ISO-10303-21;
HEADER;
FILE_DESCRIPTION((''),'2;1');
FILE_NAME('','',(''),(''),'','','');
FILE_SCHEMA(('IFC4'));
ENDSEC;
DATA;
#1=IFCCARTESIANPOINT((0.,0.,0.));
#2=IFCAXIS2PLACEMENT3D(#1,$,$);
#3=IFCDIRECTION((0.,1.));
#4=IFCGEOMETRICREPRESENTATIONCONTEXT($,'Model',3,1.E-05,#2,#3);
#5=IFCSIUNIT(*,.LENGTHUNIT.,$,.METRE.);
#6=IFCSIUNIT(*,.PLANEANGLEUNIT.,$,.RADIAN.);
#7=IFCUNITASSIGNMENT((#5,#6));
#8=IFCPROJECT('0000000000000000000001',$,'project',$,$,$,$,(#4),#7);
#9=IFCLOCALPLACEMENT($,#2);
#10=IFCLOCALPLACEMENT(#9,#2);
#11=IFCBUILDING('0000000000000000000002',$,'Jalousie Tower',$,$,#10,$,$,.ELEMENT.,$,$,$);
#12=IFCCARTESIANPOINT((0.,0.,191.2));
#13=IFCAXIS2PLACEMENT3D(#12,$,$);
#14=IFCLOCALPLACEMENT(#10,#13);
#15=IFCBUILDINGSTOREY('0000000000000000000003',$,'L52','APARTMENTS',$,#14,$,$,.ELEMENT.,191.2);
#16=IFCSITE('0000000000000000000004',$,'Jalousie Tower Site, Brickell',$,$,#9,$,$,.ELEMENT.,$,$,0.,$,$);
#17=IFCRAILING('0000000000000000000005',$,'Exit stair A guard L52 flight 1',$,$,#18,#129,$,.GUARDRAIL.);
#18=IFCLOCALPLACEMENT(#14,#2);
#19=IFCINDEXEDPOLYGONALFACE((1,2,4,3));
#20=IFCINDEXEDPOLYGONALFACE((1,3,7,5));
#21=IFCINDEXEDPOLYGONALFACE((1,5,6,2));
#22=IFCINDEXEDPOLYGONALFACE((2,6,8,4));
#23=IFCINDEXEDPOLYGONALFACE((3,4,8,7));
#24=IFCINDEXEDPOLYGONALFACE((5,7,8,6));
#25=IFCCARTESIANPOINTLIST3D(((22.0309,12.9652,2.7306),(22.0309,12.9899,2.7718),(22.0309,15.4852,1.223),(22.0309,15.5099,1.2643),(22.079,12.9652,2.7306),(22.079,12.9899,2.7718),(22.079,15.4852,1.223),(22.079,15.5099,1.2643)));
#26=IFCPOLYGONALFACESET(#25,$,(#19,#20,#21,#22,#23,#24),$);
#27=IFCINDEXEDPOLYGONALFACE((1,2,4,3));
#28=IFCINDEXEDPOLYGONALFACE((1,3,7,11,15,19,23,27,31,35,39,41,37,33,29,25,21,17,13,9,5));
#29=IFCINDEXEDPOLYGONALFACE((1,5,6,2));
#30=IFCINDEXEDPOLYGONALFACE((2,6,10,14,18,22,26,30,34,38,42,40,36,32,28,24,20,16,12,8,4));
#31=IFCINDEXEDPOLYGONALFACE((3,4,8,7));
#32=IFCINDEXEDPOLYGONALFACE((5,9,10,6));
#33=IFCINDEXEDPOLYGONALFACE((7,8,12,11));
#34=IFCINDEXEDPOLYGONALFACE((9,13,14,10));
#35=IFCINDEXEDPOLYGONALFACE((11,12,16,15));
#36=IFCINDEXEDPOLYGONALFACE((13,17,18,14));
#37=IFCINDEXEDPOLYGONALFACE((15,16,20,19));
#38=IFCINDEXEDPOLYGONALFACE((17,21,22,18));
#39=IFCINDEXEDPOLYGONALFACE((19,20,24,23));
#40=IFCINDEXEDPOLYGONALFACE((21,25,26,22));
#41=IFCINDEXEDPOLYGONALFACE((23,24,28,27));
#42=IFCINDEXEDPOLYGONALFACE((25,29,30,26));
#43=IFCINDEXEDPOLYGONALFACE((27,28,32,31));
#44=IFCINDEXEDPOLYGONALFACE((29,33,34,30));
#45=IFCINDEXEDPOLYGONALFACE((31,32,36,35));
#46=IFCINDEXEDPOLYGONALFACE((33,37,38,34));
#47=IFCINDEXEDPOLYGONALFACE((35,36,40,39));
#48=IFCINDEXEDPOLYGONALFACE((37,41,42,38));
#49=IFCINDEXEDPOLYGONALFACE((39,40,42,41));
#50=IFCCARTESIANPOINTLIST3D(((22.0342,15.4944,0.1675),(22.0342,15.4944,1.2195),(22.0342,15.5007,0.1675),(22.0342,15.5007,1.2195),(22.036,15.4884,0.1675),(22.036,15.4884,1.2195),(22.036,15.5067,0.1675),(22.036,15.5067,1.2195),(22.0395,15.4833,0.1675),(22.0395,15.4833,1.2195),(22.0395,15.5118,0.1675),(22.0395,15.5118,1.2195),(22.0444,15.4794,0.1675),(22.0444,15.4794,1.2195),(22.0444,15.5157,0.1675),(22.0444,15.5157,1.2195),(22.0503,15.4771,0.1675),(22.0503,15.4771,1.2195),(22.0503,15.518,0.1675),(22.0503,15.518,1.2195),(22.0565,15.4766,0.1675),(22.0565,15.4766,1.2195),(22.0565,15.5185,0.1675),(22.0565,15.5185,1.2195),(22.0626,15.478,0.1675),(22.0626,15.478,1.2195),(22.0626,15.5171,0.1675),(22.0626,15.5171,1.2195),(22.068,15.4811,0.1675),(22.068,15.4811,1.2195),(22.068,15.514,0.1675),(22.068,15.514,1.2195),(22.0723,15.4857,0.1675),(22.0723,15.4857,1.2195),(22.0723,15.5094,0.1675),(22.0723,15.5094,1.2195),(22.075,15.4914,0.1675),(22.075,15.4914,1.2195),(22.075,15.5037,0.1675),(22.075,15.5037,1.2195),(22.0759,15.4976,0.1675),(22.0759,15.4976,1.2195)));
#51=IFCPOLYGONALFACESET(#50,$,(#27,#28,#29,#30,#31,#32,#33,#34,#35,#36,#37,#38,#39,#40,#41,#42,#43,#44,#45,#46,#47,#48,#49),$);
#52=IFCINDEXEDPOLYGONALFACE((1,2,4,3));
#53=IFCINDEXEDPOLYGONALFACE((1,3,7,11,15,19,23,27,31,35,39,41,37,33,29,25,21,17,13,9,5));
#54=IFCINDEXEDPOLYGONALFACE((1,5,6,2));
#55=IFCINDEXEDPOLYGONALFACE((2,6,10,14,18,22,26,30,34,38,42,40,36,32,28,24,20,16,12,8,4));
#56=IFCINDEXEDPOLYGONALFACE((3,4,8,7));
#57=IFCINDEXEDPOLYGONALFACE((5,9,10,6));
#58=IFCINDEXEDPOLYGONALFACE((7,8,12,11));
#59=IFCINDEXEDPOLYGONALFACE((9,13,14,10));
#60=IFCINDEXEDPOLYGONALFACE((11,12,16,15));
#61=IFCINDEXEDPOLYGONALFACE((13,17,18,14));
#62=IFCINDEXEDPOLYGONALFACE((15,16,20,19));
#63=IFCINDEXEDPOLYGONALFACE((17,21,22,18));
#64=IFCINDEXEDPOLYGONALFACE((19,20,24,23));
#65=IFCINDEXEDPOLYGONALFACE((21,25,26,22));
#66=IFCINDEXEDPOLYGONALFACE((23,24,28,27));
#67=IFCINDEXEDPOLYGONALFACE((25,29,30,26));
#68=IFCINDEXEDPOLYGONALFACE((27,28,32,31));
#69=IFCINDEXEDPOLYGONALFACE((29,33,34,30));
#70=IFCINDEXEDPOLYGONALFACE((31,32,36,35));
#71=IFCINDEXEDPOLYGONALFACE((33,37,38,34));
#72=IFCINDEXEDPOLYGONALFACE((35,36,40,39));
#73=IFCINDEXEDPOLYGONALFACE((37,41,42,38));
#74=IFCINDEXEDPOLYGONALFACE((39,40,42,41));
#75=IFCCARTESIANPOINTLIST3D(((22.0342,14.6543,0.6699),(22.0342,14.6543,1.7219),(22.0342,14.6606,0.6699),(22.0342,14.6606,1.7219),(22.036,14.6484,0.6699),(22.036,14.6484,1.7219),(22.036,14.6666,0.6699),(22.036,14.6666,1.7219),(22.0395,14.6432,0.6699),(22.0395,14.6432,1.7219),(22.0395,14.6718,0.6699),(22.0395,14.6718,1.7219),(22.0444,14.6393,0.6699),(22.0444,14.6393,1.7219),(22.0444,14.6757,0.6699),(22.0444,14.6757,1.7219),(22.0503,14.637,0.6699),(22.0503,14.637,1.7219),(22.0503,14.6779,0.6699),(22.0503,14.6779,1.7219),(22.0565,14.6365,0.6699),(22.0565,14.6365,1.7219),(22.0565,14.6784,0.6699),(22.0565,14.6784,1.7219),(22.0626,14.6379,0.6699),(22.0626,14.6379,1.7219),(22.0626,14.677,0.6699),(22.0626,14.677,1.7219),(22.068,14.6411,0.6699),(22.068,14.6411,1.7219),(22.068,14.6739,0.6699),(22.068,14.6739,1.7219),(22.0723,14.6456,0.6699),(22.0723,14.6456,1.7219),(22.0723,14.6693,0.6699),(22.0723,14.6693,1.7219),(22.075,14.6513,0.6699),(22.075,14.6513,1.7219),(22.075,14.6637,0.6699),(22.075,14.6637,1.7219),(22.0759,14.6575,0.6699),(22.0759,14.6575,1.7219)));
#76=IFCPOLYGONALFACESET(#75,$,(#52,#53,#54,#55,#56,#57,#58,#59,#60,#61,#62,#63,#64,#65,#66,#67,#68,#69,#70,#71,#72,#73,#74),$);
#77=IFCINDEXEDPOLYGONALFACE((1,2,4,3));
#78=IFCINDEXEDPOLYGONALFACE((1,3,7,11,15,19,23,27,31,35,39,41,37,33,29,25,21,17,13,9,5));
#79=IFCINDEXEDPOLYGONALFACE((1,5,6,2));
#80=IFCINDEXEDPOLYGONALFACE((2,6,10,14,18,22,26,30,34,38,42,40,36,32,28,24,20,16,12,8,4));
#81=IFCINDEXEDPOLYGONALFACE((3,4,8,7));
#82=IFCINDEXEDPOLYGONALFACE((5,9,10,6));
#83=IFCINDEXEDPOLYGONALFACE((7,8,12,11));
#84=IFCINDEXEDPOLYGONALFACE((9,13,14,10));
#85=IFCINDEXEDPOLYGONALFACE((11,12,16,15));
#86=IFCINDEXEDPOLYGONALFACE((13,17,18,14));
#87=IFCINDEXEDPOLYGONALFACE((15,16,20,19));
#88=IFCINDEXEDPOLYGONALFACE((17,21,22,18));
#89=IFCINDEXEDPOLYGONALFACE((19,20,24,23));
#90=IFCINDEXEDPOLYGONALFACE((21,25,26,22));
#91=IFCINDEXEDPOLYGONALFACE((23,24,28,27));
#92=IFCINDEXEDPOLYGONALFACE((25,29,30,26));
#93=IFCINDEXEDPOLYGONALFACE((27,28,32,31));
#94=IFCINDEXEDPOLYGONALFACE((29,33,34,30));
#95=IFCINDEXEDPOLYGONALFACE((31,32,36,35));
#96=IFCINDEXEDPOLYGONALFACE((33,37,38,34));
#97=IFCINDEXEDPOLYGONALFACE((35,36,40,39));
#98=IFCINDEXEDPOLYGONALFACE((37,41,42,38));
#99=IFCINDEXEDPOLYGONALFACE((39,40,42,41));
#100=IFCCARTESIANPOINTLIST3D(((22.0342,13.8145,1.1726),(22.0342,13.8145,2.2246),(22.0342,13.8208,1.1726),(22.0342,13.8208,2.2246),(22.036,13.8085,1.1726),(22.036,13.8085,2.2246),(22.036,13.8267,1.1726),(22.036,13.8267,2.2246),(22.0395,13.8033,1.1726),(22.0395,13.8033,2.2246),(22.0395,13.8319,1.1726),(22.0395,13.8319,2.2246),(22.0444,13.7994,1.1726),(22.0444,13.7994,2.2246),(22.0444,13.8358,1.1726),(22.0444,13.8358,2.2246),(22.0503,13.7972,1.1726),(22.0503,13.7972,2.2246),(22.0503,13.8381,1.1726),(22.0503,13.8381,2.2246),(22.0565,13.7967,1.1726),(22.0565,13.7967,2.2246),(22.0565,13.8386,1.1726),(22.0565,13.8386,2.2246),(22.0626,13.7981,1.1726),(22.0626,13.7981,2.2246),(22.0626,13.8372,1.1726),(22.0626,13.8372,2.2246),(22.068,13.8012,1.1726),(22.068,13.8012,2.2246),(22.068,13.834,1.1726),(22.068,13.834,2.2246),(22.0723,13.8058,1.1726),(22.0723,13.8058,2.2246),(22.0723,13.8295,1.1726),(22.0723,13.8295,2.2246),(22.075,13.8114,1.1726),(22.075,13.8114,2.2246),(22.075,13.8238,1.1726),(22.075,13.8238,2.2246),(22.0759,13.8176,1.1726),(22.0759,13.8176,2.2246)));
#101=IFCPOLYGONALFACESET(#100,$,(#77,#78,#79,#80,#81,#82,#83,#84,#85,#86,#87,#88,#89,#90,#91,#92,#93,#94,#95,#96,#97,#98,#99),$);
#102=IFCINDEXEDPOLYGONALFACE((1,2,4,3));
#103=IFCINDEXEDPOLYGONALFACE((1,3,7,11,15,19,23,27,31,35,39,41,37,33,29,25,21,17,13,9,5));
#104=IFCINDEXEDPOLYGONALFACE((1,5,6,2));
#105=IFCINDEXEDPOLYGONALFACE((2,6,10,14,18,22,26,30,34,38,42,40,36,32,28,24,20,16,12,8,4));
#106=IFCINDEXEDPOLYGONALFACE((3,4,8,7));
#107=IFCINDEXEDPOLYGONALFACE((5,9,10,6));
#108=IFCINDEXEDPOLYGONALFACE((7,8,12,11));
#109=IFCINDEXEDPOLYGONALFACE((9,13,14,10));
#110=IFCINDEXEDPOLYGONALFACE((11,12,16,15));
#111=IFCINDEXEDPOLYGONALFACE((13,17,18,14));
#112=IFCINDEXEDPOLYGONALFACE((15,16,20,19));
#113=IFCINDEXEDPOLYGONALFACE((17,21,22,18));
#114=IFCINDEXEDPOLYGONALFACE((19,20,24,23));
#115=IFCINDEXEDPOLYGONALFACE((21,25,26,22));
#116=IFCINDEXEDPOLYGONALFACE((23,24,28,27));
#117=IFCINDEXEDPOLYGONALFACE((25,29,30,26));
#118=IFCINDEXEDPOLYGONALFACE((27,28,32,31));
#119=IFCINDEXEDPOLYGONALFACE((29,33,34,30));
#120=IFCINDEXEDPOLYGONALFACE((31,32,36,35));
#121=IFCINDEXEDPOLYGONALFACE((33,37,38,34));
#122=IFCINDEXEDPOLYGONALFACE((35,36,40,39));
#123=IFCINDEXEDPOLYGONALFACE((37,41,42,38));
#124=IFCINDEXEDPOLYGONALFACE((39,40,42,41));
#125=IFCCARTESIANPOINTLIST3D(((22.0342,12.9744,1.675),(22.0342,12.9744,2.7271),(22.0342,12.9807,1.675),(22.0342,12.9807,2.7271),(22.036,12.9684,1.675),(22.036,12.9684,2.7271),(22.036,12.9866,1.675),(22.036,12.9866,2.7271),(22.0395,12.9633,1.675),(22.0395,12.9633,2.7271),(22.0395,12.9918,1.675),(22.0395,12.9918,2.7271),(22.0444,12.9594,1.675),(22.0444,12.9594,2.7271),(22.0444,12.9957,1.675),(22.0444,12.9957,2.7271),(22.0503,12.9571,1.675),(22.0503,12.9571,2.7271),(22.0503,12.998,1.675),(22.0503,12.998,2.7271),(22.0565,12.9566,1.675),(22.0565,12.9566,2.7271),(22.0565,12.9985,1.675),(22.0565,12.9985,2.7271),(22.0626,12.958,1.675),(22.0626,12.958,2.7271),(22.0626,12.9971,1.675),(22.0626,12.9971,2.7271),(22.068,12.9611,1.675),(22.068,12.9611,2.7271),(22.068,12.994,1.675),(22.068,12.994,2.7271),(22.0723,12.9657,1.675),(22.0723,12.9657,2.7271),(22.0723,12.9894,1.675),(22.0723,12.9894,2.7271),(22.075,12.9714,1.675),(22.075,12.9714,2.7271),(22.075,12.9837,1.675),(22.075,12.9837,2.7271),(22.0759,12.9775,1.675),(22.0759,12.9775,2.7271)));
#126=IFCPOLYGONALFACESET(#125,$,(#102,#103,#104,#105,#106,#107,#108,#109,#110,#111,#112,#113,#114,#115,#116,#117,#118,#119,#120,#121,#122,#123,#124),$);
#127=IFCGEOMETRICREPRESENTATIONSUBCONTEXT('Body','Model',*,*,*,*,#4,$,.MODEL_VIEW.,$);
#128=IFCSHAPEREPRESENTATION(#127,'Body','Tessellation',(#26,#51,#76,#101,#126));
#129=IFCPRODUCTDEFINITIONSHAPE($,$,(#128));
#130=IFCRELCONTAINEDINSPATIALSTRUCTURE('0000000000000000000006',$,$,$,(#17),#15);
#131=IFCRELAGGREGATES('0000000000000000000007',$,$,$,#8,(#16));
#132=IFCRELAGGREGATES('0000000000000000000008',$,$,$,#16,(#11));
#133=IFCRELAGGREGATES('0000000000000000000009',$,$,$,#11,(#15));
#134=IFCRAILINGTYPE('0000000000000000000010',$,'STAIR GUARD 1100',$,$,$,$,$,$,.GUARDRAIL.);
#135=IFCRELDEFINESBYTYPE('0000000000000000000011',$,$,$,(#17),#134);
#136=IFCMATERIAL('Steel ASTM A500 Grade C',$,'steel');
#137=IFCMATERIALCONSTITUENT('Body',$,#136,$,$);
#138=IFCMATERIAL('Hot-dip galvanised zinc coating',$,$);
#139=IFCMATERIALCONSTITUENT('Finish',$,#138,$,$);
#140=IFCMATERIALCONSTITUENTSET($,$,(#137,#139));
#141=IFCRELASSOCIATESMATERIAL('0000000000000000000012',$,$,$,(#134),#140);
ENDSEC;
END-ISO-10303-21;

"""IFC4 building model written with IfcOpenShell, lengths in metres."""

from ifc_helpers import new_model, si_unit, direction, frame, origin, origin_2d, place, context, subcontext, project, spatial, rectangle, circle, extrude, material, constituent, constituent_set, type_object, element, save


model = new_model("IFC4")

# Units and contexts
model_context = context("Model", 3, precision=1e-05, world=origin(), true_north=direction((0.0, 1.0)))
body_context = subcontext(model_context, "Body", "Model", "MODEL_VIEW")
ifc_project = project(units=[si_unit("LENGTHUNIT", "METRE"), si_unit("PLANEANGLEUNIT", "RADIAN")], contexts=[model_context])

# Site, building, storey
site_placement = place(None, origin())
site = spatial("IfcSite", under=ifc_project, at=site_placement, Name="Jalousie Tower Site, Brickell", CompositionType="ELEMENT", RefElevation=0.0)
building_placement = place(site_placement, origin())
building = spatial("IfcBuilding", under=site, at=building_placement, Name="Jalousie Tower", CompositionType="ELEMENT")
storey_placement = place(building_placement, frame((0.0, 0.0, 191.2)))
storey = spatial("IfcBuildingStorey", under=building, at=storey_placement, Name="L52", Description="APARTMENTS", CompositionType="ELEMENT", Elevation=191.2)

# Railing
ifc_material_1 = material(Name="Steel ASTM A500 Grade C", Category="steel")
ifc_constituent_1 = constituent(ifc_material_1, Name="Body")
ifc_material_2 = material(Name="Hot-dip galvanised zinc coating")
ifc_constituent_2 = constituent(ifc_material_2, Name="Finish")
ifc_constituent_set_1 = constituent_set(constituents=[ifc_constituent_1, ifc_constituent_2])
railing_type_1 = type_object("IfcRailingType", Name="STAIR GUARD 1100", PredefinedType="GUARDRAIL", material=ifc_constituent_set_1)
railing_1_placement = place(storey_placement, frame((22.0549, 15.4976, 0.1675)))
element("IfcRailing", 1, at=railing_1_placement, inside=storey, type_object=railing_type_1, Name="Exit stair A guard L52 flight 1", PredefinedType="GUARDRAIL", context=body_context, shape_type="SweptSolid", body=[
    extrude(rectangle(XDim=0.0481, YDim=0.0481, at=origin_2d()), frame((0.0, 0.0, 1.0762), z_axis=(0.0, -0.85816, 0.513383), x_axis=(1.0, 0.0, 0.0)), (0.0, 0.0, 1.0), 2.9365),
    extrude(circle(Radius=0.021, at=origin_2d()), origin(), (0.0, 0.0, 1.0), 1.052),
    extrude(circle(Radius=0.021, at=origin_2d()), frame((0.0, -0.8401, 0.5024)), (0.0, 0.0, 1.0), 1.052),
    extrude(circle(Radius=0.021, at=origin_2d()), frame((0.0, -1.6799, 1.0051)), (0.0, 0.0, 1.0), 1.052),
    extrude(circle(Radius=0.021, at=origin_2d()), frame((0.0, -2.52, 1.5076)), (0.0, 0.0, 1.0), 1.052),
])

save(model, "model.ifc")
